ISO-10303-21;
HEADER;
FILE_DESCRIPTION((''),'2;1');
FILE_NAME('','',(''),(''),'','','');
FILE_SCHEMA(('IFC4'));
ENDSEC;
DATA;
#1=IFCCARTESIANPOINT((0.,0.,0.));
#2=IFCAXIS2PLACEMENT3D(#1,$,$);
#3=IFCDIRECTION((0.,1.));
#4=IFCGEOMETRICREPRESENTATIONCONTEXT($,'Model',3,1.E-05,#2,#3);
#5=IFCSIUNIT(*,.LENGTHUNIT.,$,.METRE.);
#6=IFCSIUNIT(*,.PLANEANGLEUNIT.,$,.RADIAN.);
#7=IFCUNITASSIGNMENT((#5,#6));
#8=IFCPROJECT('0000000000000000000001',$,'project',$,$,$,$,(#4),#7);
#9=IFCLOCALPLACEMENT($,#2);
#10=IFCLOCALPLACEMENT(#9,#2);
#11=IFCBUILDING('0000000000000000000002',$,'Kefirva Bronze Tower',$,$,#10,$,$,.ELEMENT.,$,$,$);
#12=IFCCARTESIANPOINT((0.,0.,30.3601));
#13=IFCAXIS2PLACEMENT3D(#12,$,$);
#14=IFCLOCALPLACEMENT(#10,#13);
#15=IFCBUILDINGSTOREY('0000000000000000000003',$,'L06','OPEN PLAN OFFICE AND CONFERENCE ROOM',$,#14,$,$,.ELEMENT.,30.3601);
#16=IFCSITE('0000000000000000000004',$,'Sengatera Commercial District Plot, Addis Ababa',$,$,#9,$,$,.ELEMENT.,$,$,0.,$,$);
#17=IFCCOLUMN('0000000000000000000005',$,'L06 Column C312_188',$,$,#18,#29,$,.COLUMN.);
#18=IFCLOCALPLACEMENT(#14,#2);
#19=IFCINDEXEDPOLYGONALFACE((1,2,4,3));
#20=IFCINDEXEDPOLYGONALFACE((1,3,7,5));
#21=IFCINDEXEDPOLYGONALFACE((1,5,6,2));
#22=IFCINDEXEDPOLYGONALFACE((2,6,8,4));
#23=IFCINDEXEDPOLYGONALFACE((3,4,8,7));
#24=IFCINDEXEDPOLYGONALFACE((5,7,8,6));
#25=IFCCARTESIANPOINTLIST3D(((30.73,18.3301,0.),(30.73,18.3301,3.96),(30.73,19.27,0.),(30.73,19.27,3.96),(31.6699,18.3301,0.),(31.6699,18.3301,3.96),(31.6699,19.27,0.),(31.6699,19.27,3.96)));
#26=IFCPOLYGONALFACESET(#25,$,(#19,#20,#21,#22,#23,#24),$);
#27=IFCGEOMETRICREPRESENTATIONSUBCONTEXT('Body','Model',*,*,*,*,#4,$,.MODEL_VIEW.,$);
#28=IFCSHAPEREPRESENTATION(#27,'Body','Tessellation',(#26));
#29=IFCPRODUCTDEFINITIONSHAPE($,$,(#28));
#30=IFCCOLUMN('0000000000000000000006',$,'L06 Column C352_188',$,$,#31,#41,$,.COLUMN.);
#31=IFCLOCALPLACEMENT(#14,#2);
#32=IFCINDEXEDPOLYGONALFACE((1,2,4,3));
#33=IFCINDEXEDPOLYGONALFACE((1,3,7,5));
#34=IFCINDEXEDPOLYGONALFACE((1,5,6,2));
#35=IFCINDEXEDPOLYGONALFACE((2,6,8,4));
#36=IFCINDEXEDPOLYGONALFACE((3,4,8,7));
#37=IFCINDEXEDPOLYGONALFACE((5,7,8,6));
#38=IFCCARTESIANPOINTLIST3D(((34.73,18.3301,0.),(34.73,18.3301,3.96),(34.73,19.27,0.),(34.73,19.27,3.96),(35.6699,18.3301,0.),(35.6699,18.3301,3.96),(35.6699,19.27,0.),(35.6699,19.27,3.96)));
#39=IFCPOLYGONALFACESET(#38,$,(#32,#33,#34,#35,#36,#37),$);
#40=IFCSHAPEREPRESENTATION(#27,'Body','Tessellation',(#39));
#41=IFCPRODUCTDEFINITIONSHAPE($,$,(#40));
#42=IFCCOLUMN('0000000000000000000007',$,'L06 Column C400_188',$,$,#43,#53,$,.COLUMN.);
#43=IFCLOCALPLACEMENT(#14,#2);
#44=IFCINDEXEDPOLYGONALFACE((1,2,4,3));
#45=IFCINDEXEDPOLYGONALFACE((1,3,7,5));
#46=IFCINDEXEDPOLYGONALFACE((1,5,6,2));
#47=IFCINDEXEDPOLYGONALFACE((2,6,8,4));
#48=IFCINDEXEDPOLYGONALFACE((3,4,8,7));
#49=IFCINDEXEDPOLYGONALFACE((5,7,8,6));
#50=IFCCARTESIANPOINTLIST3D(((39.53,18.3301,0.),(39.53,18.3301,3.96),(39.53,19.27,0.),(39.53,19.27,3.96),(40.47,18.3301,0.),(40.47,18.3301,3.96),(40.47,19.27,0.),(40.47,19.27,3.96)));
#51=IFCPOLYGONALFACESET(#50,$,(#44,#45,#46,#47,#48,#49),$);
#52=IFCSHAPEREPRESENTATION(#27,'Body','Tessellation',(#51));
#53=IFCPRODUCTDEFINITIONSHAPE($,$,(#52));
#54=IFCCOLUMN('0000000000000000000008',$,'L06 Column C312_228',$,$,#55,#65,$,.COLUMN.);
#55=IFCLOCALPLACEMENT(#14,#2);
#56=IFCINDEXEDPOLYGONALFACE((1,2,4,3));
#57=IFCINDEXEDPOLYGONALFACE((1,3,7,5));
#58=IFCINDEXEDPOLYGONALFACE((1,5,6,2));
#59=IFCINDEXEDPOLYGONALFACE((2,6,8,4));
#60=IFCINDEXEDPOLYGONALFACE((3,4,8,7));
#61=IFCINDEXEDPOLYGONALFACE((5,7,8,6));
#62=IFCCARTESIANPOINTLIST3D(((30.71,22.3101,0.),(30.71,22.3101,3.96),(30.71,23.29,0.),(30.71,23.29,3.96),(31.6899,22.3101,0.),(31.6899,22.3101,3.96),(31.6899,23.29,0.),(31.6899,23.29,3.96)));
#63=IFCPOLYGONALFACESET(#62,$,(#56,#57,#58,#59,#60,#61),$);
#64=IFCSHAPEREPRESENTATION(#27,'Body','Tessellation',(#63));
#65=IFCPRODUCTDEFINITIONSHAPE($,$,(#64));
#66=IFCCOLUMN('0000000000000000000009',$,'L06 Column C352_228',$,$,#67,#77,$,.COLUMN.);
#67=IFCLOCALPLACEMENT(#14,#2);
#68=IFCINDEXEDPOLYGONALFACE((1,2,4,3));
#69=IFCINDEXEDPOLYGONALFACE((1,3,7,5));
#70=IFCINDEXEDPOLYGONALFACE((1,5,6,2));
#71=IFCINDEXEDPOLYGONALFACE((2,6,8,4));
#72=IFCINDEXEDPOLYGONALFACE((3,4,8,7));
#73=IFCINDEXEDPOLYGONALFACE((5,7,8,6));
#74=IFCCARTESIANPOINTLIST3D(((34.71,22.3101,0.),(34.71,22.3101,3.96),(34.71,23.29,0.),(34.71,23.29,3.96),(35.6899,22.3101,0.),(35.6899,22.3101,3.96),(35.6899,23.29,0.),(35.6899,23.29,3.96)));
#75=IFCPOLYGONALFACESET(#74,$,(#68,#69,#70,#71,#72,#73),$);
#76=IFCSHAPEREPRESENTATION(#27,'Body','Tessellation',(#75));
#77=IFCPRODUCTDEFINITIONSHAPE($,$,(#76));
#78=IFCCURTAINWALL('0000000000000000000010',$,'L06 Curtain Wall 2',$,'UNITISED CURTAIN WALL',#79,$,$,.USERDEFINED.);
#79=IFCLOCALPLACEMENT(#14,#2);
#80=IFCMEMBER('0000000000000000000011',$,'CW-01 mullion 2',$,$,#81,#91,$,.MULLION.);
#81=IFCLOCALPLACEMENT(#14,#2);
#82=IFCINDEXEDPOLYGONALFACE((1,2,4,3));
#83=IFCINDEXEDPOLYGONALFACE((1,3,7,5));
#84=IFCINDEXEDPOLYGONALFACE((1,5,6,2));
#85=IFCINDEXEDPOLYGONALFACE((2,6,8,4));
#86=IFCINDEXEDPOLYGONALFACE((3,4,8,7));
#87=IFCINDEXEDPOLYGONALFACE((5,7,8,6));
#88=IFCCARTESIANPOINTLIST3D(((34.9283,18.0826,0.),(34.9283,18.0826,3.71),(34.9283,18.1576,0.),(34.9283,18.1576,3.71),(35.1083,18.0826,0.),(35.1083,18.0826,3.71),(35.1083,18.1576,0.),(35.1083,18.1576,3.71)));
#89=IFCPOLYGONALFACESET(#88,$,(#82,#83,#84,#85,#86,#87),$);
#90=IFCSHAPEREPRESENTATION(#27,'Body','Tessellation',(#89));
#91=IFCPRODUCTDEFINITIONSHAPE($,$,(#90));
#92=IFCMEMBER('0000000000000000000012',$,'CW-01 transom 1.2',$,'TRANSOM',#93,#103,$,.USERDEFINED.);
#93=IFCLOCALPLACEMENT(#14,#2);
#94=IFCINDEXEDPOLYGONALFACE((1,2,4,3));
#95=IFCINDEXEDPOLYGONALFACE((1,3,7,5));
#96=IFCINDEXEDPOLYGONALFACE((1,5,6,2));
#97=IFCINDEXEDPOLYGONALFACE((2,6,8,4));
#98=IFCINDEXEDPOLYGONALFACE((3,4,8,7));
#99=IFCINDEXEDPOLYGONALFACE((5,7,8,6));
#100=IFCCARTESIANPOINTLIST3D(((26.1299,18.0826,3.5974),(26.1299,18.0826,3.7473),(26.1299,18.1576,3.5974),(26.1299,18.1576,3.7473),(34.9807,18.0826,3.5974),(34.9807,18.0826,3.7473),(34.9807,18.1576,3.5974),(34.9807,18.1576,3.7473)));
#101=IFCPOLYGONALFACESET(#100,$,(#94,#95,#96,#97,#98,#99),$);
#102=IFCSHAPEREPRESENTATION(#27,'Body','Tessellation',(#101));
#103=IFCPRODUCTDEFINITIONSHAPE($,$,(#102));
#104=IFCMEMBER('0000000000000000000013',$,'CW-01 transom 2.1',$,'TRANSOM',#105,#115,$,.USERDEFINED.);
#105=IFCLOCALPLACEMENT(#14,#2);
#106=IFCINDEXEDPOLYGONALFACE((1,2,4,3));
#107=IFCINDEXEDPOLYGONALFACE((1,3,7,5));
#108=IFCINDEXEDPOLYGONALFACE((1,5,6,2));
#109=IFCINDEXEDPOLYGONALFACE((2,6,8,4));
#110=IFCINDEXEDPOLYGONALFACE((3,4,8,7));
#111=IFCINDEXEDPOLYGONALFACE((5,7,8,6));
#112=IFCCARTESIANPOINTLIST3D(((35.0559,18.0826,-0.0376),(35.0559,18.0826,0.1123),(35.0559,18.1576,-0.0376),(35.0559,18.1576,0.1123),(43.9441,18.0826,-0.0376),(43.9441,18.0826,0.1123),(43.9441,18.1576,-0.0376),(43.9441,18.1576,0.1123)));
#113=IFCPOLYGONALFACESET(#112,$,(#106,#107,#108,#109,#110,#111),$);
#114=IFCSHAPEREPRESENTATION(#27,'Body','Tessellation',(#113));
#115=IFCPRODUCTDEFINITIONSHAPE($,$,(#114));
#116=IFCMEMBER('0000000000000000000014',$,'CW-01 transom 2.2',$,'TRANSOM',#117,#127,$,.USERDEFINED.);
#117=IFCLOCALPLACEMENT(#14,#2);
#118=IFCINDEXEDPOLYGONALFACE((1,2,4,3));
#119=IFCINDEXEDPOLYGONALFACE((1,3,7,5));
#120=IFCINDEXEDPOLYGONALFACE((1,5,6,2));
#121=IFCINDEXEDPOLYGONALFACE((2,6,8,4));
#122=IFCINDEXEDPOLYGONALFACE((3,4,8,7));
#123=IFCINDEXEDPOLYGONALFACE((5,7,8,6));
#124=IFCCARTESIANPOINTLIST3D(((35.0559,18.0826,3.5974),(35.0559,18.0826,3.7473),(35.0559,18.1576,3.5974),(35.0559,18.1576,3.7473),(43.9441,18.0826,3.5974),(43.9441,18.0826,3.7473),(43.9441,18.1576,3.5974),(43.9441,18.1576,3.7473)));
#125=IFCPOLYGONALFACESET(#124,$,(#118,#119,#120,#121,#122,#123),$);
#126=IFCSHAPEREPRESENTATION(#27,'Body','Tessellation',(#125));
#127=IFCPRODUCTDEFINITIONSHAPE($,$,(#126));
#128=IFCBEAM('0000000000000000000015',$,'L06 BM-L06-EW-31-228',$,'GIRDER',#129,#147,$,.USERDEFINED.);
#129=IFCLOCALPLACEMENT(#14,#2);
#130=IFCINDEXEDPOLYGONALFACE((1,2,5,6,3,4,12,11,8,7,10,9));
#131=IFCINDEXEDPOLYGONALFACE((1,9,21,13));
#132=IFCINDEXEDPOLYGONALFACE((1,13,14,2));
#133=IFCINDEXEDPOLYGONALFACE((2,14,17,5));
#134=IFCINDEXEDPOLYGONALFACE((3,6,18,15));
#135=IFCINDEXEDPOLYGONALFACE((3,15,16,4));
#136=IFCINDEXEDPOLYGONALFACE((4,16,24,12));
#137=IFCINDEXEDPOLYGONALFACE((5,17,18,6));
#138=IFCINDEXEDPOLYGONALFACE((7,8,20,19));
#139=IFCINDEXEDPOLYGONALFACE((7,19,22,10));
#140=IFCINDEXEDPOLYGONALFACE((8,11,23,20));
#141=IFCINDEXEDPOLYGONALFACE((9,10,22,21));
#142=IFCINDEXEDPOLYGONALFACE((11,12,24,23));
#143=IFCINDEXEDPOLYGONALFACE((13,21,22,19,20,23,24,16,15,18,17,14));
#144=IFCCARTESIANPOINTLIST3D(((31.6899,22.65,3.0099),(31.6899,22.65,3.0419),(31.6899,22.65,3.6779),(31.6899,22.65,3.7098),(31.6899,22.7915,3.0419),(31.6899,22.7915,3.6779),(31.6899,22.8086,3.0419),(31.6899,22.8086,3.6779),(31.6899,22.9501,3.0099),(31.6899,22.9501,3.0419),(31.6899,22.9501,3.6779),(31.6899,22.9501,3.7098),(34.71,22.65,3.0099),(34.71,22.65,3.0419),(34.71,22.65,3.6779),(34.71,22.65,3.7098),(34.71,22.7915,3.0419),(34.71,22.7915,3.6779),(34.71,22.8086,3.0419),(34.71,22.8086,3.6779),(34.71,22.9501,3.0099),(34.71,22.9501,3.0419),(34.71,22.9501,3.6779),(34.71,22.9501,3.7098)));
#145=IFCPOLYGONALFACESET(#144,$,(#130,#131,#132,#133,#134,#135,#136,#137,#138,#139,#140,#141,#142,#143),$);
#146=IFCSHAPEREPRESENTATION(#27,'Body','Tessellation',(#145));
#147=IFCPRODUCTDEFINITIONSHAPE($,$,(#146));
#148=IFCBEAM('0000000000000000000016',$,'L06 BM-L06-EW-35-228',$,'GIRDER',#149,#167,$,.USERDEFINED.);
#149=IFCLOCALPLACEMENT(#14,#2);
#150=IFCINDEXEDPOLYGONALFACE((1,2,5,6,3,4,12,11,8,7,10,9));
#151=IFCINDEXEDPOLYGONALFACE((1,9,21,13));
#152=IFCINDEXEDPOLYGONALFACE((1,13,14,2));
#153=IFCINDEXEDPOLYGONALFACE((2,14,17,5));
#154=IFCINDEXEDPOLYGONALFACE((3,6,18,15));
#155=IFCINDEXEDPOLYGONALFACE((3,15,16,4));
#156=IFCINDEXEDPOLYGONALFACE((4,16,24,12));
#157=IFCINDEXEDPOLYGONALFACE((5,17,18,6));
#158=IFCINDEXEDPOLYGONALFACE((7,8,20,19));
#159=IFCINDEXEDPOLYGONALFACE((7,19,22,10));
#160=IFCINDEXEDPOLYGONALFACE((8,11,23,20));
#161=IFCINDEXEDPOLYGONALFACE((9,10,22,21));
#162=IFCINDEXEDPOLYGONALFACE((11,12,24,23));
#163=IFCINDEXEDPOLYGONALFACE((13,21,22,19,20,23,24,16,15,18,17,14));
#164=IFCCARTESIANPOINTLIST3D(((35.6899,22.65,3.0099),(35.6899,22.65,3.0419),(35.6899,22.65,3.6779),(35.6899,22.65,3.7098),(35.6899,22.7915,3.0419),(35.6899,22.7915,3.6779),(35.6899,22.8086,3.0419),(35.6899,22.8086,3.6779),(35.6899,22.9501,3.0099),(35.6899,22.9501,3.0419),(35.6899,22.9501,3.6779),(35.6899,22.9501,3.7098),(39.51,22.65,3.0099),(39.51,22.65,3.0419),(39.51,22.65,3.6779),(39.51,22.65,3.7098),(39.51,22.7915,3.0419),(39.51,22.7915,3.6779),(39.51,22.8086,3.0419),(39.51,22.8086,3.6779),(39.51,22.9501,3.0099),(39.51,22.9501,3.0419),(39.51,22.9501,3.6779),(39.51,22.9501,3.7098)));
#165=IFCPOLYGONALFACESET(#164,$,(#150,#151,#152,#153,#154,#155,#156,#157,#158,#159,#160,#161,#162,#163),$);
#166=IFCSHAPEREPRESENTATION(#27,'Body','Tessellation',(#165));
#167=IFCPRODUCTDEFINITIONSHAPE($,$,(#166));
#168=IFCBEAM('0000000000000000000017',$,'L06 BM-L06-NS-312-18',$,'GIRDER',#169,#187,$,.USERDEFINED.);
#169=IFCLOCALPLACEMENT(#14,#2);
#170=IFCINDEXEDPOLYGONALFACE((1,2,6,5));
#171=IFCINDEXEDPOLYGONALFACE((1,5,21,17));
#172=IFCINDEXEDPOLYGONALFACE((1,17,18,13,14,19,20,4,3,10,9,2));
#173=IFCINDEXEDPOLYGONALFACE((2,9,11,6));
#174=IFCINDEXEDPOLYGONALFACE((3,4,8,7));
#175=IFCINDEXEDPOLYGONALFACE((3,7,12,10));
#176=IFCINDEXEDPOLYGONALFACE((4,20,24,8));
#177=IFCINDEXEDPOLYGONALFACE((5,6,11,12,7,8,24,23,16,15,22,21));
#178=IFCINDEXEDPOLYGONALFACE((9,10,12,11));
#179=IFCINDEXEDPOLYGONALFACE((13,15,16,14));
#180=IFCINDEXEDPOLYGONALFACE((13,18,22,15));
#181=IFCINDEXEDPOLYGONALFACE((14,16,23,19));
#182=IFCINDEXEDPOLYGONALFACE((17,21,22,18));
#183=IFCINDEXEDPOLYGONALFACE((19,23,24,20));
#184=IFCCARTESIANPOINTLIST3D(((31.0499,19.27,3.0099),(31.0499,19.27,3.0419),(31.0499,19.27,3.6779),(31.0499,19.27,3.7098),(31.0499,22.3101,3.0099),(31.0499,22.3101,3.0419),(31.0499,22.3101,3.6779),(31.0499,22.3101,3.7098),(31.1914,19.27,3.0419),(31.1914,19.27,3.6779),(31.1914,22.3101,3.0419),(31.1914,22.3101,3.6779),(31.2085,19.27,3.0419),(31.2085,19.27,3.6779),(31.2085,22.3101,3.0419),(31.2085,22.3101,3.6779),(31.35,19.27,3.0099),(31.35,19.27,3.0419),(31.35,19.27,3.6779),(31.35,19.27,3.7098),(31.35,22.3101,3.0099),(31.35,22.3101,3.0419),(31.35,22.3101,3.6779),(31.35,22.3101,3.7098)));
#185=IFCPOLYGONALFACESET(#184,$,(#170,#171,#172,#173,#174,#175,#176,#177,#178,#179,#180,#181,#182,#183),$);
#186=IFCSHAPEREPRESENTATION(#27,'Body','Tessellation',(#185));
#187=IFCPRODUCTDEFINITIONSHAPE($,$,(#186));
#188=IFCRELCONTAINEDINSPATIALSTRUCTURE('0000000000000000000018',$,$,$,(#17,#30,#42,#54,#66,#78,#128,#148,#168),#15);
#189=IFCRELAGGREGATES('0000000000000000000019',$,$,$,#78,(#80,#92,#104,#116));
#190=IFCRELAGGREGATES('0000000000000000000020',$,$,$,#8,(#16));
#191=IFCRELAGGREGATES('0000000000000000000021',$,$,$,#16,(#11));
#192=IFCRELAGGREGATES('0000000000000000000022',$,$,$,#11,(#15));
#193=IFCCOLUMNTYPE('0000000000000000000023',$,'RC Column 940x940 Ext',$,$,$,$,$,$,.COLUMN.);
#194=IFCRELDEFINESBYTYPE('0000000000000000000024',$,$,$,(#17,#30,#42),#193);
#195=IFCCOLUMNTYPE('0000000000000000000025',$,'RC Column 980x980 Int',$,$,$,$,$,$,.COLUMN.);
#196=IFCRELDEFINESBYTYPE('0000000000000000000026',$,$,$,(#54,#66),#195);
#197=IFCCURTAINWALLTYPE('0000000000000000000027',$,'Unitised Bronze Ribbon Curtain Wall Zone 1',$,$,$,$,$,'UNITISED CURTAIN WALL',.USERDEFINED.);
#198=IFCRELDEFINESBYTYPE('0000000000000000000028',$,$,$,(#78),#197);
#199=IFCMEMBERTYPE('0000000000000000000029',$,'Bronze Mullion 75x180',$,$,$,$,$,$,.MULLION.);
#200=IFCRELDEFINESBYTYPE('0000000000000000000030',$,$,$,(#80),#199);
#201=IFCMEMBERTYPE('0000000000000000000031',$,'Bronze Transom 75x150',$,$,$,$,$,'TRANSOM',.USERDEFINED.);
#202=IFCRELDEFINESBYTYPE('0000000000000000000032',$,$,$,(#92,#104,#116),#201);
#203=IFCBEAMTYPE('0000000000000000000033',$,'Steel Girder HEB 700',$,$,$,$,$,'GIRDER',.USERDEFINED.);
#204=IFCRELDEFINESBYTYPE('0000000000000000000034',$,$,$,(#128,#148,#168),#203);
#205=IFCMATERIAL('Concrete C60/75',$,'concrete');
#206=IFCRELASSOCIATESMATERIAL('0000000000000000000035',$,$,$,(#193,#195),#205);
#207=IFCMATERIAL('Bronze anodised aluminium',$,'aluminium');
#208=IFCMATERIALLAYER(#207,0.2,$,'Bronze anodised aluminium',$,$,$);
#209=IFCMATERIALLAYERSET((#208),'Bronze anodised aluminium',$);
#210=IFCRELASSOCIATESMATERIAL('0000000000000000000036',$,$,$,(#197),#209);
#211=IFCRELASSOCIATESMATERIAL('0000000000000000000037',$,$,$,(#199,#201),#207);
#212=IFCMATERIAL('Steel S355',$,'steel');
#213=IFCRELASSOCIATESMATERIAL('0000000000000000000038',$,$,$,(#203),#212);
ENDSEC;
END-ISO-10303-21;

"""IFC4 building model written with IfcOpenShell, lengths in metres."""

from ifc_helpers import new_model, si_unit, direction, frame, origin, origin_2d, place, context, subcontext, project, spatial, rectangle, i_section, extrude, material, layer, layer_set, material_profile, profile_set, type_object, element, aggregate, save


model = new_model("IFC4")

# Units and contexts
model_context = context("Model", 3, precision=1e-05, world=origin(), true_north=direction((0.0, 1.0)))
body_context = subcontext(model_context, "Body", "Model", "MODEL_VIEW")
ifc_project = project(units=[si_unit("LENGTHUNIT", "METRE"), si_unit("PLANEANGLEUNIT", "RADIAN")], contexts=[model_context])

# Site, building, storey
site_placement = place(None, origin())
site = spatial("IfcSite", under=ifc_project, at=site_placement, Name="Sengatera Commercial District Plot, Addis Ababa", CompositionType="ELEMENT", RefElevation=0.0)
building_placement = place(site_placement, origin())
building = spatial("IfcBuilding", under=site, at=building_placement, Name="Kefirva Bronze Tower", CompositionType="ELEMENT")
storey_placement = place(building_placement, frame((0.0, 0.0, 30.3601)))
storey = spatial("IfcBuildingStorey", under=building, at=storey_placement, Name="L06", Description="OPEN PLAN OFFICE AND CONFERENCE ROOM", CompositionType="ELEMENT", Elevation=30.3601)

# Columns
ifc_material_1 = material(Name="Concrete C60/75", Category="concrete")
ifc_material_profile_1 = material_profile(ifc_material_1, rectangle(XDim=0.9399, YDim=0.9399, at=origin_2d()), Name="RC 940x940")
ifc_profile_set_1 = profile_set([ifc_material_profile_1], Name="Concrete C60/75")
column_type_1 = type_object("IfcColumnType", Name="RC Column 940x940 Ext", PredefinedType="COLUMN", material=ifc_profile_set_1)
for number, where, z_axis, x_axis, name in (
    (1, (31.2, 18.8, 0.0), (0.0, 0.0, 1.0), (1.0, 0.0, 0.0), "L06 Column C312_188"),
    (2, (35.2, 18.8, 0.0), (0.0, 0.0, 1.0), (1.0, 0.0, 0.0), "L06 Column C352_188"),
    (3, (40.0, 18.8, 0.0), (0.0, 0.0, 1.0), (1.0, 0.0, 0.0), "L06 Column C400_188"),
):
    element("IfcColumn", number, at=place(storey_placement, frame(where, z_axis=z_axis, x_axis=x_axis)), inside=storey, type_object=column_type_1, Name=name, PredefinedType="COLUMN", context=body_context, shape_type="SweptSolid", body=[
        extrude(rectangle(XDim=0.9399, YDim=0.9399, at=origin_2d()), origin(), (0.0, 0.0, 1.0), 3.96),
    ])
ifc_material_profile_2 = material_profile(ifc_material_1, rectangle(XDim=0.98, YDim=0.98, at=origin_2d()), Name="RC 980x980")
ifc_profile_set_2 = profile_set([ifc_material_profile_2], Name="Concrete C60/75")
column_type_2 = type_object("IfcColumnType", Name="RC Column 980x980 Int", PredefinedType="COLUMN", material=ifc_profile_set_2)
for number, where, z_axis, x_axis, name in (
    (4, (31.2, 22.8, 0.0), (0.0, 0.0, 1.0), (1.0, 0.0, 0.0), "L06 Column C312_228"),
    (5, (35.2, 22.8, 0.0), (0.0, 0.0, 1.0), (1.0, 0.0, 0.0), "L06 Column C352_228"),
):
    element("IfcColumn", number, at=place(storey_placement, frame(where, z_axis=z_axis, x_axis=x_axis)), inside=storey, type_object=column_type_2, Name=name, PredefinedType="COLUMN", context=body_context, shape_type="SweptSolid", body=[
        extrude(rectangle(XDim=0.98, YDim=0.98, at=origin_2d()), origin(), (0.0, 0.0, 1.0), 3.96),
    ])

# Curtain wall, members
ifc_material_2 = material(Name="Bronze anodised aluminium", Category="aluminium")
ifc_layer_1 = layer(ifc_material_2, 0.2, Name="Bronze anodised aluminium")
ifc_layer_set_1 = layer_set([ifc_layer_1], Name="Bronze anodised aluminium")
curtain_wall_type = type_object("IfcCurtainWallType", Name="Unitised Bronze Ribbon Curtain Wall Zone 1", ElementType="UNITISED CURTAIN WALL", PredefinedType="USERDEFINED", material=ifc_layer_set_1)
curtain_wall_placement = place(storey_placement, origin())
curtain_wall = element("IfcCurtainWall", 6, at=curtain_wall_placement, inside=storey, type_object=curtain_wall_type, Name="L06 Curtain Wall 2", ObjectType="UNITISED CURTAIN WALL", PredefinedType="USERDEFINED")
ifc_material_profile_3 = material_profile(ifc_material_2, rectangle(XDim=0.075, YDim=0.1799, at=origin_2d()), Name="ALU 75x180")
ifc_profile_set_3 = profile_set([ifc_material_profile_3], Name="Bronze anodised aluminium")
member_type_1 = type_object("IfcMemberType", Name="Bronze Mullion 75x180", PredefinedType="MULLION", material=ifc_profile_set_3)
member_1_placement = place(storey_placement, frame((35.0183, 18.1201, 0.0), z_axis=(0.0, 0.0, 1.0), x_axis=(0.0, 1.0, 0.0)))
member_1 = element("IfcMember", 7, at=member_1_placement, type_object=member_type_1, Name="CW-01 mullion 2", PredefinedType="MULLION", context=body_context, shape_type="SweptSolid", body=[
    extrude(rectangle(XDim=0.075, YDim=0.1799, at=origin_2d()), origin(), (0.0, 0.0, 1.0), 3.71),
])
ifc_material_profile_4 = material_profile(ifc_material_2, rectangle(XDim=0.075, YDim=0.1499, at=origin_2d()), Name="ALU 75x150")
ifc_profile_set_4 = profile_set([ifc_material_profile_4], Name="Bronze anodised aluminium")
member_type_2 = type_object("IfcMemberType", Name="Bronze Transom 75x150", ElementType="TRANSOM", PredefinedType="USERDEFINED", material=ifc_profile_set_4)
member_2_placement = place(storey_placement, frame((26.1299, 18.1201, 3.6724), z_axis=(1.0, 0.0, 0.0), x_axis=(0.0, 1.0, 0.0)))
member_2 = element("IfcMember", 8, at=member_2_placement, type_object=member_type_2, Name="CW-01 transom 1.2", ObjectType="TRANSOM", PredefinedType="USERDEFINED", context=body_context, shape_type="SweptSolid", body=[
    extrude(rectangle(XDim=0.075, YDim=0.1499, at=origin_2d()), origin(), (0.0, 0.0, 1.0), 8.8508),
])
member_3_placement = place(storey_placement, frame((35.0559, 18.1201, 0.0374), z_axis=(1.0, 0.0, 0.0), x_axis=(0.0, 1.0, 0.0)))
member_3 = element("IfcMember", 9, at=member_3_placement, type_object=member_type_2, Name="CW-01 transom 2.1", ObjectType="TRANSOM", PredefinedType="USERDEFINED", context=body_context, shape_type="SweptSolid", body=[
    extrude(rectangle(XDim=0.075, YDim=0.1499, at=origin_2d()), origin(), (0.0, 0.0, 1.0), 8.8882),
])
member_4_placement = place(storey_placement, frame((35.0559, 18.1201, 3.6724), z_axis=(1.0, 0.0, 0.0), x_axis=(0.0, 1.0, 0.0)))
member_4 = element("IfcMember", 10, at=member_4_placement, type_object=member_type_2, Name="CW-01 transom 2.2", ObjectType="TRANSOM", PredefinedType="USERDEFINED", context=body_context, shape_type="SweptSolid", body=[
    extrude(rectangle(XDim=0.075, YDim=0.1499, at=origin_2d()), origin(), (0.0, 0.0, 1.0), 8.8882),
])

# Beams
ifc_material_3 = material(Name="Steel S355", Category="steel")
ifc_material_profile_5 = material_profile(ifc_material_3, i_section(OverallWidth=0.3, OverallDepth=0.7, WebThickness=0.0171, FlangeThickness=0.032, at=origin_2d()), Name="HEB 700")
ifc_profile_set_5 = profile_set([ifc_material_profile_5], Name="Steel S355")
beam_type_1 = type_object("IfcBeamType", Name="Steel Girder HEB 700", ElementType="GIRDER", PredefinedType="USERDEFINED", material=ifc_profile_set_5)
beam_1_placement = place(storey_placement, frame((31.6899, 22.8, 3.3599), z_axis=(1.0, 0.0, 0.0), x_axis=(0.0, 1.0, 0.0)))
element("IfcBeam", 11, at=beam_1_placement, inside=storey, type_object=beam_type_1, Name="L06 BM-L06-EW-31-228", ObjectType="GIRDER", PredefinedType="USERDEFINED", context=body_context, shape_type="SweptSolid", body=[
    extrude(i_section(OverallWidth=0.3, OverallDepth=0.7, WebThickness=0.0171, FlangeThickness=0.032, at=origin_2d()), origin(), (0.0, 0.0, 1.0), 3.02),
])
beam_2_placement = place(storey_placement, frame((35.6899, 22.8, 3.3599), z_axis=(1.0, 0.0, 0.0), x_axis=(0.0, 1.0, 0.0)))
element("IfcBeam", 12, at=beam_2_placement, inside=storey, type_object=beam_type_1, Name="L06 BM-L06-EW-35-228", ObjectType="GIRDER", PredefinedType="USERDEFINED", context=body_context, shape_type="SweptSolid", body=[
    extrude(i_section(OverallWidth=0.3, OverallDepth=0.7, WebThickness=0.0171, FlangeThickness=0.032, at=origin_2d()), origin(), (0.0, 0.0, 1.0), 3.8201),
])
beam_3_placement = place(storey_placement, frame((31.2, 19.27, 3.3599), z_axis=(0.0, 1.0, 0.0), x_axis=(-1.0, 0.0, 0.0)))
element("IfcBeam", 13, at=beam_3_placement, inside=storey, type_object=beam_type_1, Name="L06 BM-L06-NS-312-18", ObjectType="GIRDER", PredefinedType="USERDEFINED", context=body_context, shape_type="SweptSolid", body=[
    extrude(i_section(OverallWidth=0.3, OverallDepth=0.7, WebThickness=0.0171, FlangeThickness=0.032, at=origin_2d()), origin(), (0.0, 0.0, 1.0), 3.04),
])

aggregate(curtain_wall, [member_1, member_2, member_3, member_4])

save(model, "model.ifc")
